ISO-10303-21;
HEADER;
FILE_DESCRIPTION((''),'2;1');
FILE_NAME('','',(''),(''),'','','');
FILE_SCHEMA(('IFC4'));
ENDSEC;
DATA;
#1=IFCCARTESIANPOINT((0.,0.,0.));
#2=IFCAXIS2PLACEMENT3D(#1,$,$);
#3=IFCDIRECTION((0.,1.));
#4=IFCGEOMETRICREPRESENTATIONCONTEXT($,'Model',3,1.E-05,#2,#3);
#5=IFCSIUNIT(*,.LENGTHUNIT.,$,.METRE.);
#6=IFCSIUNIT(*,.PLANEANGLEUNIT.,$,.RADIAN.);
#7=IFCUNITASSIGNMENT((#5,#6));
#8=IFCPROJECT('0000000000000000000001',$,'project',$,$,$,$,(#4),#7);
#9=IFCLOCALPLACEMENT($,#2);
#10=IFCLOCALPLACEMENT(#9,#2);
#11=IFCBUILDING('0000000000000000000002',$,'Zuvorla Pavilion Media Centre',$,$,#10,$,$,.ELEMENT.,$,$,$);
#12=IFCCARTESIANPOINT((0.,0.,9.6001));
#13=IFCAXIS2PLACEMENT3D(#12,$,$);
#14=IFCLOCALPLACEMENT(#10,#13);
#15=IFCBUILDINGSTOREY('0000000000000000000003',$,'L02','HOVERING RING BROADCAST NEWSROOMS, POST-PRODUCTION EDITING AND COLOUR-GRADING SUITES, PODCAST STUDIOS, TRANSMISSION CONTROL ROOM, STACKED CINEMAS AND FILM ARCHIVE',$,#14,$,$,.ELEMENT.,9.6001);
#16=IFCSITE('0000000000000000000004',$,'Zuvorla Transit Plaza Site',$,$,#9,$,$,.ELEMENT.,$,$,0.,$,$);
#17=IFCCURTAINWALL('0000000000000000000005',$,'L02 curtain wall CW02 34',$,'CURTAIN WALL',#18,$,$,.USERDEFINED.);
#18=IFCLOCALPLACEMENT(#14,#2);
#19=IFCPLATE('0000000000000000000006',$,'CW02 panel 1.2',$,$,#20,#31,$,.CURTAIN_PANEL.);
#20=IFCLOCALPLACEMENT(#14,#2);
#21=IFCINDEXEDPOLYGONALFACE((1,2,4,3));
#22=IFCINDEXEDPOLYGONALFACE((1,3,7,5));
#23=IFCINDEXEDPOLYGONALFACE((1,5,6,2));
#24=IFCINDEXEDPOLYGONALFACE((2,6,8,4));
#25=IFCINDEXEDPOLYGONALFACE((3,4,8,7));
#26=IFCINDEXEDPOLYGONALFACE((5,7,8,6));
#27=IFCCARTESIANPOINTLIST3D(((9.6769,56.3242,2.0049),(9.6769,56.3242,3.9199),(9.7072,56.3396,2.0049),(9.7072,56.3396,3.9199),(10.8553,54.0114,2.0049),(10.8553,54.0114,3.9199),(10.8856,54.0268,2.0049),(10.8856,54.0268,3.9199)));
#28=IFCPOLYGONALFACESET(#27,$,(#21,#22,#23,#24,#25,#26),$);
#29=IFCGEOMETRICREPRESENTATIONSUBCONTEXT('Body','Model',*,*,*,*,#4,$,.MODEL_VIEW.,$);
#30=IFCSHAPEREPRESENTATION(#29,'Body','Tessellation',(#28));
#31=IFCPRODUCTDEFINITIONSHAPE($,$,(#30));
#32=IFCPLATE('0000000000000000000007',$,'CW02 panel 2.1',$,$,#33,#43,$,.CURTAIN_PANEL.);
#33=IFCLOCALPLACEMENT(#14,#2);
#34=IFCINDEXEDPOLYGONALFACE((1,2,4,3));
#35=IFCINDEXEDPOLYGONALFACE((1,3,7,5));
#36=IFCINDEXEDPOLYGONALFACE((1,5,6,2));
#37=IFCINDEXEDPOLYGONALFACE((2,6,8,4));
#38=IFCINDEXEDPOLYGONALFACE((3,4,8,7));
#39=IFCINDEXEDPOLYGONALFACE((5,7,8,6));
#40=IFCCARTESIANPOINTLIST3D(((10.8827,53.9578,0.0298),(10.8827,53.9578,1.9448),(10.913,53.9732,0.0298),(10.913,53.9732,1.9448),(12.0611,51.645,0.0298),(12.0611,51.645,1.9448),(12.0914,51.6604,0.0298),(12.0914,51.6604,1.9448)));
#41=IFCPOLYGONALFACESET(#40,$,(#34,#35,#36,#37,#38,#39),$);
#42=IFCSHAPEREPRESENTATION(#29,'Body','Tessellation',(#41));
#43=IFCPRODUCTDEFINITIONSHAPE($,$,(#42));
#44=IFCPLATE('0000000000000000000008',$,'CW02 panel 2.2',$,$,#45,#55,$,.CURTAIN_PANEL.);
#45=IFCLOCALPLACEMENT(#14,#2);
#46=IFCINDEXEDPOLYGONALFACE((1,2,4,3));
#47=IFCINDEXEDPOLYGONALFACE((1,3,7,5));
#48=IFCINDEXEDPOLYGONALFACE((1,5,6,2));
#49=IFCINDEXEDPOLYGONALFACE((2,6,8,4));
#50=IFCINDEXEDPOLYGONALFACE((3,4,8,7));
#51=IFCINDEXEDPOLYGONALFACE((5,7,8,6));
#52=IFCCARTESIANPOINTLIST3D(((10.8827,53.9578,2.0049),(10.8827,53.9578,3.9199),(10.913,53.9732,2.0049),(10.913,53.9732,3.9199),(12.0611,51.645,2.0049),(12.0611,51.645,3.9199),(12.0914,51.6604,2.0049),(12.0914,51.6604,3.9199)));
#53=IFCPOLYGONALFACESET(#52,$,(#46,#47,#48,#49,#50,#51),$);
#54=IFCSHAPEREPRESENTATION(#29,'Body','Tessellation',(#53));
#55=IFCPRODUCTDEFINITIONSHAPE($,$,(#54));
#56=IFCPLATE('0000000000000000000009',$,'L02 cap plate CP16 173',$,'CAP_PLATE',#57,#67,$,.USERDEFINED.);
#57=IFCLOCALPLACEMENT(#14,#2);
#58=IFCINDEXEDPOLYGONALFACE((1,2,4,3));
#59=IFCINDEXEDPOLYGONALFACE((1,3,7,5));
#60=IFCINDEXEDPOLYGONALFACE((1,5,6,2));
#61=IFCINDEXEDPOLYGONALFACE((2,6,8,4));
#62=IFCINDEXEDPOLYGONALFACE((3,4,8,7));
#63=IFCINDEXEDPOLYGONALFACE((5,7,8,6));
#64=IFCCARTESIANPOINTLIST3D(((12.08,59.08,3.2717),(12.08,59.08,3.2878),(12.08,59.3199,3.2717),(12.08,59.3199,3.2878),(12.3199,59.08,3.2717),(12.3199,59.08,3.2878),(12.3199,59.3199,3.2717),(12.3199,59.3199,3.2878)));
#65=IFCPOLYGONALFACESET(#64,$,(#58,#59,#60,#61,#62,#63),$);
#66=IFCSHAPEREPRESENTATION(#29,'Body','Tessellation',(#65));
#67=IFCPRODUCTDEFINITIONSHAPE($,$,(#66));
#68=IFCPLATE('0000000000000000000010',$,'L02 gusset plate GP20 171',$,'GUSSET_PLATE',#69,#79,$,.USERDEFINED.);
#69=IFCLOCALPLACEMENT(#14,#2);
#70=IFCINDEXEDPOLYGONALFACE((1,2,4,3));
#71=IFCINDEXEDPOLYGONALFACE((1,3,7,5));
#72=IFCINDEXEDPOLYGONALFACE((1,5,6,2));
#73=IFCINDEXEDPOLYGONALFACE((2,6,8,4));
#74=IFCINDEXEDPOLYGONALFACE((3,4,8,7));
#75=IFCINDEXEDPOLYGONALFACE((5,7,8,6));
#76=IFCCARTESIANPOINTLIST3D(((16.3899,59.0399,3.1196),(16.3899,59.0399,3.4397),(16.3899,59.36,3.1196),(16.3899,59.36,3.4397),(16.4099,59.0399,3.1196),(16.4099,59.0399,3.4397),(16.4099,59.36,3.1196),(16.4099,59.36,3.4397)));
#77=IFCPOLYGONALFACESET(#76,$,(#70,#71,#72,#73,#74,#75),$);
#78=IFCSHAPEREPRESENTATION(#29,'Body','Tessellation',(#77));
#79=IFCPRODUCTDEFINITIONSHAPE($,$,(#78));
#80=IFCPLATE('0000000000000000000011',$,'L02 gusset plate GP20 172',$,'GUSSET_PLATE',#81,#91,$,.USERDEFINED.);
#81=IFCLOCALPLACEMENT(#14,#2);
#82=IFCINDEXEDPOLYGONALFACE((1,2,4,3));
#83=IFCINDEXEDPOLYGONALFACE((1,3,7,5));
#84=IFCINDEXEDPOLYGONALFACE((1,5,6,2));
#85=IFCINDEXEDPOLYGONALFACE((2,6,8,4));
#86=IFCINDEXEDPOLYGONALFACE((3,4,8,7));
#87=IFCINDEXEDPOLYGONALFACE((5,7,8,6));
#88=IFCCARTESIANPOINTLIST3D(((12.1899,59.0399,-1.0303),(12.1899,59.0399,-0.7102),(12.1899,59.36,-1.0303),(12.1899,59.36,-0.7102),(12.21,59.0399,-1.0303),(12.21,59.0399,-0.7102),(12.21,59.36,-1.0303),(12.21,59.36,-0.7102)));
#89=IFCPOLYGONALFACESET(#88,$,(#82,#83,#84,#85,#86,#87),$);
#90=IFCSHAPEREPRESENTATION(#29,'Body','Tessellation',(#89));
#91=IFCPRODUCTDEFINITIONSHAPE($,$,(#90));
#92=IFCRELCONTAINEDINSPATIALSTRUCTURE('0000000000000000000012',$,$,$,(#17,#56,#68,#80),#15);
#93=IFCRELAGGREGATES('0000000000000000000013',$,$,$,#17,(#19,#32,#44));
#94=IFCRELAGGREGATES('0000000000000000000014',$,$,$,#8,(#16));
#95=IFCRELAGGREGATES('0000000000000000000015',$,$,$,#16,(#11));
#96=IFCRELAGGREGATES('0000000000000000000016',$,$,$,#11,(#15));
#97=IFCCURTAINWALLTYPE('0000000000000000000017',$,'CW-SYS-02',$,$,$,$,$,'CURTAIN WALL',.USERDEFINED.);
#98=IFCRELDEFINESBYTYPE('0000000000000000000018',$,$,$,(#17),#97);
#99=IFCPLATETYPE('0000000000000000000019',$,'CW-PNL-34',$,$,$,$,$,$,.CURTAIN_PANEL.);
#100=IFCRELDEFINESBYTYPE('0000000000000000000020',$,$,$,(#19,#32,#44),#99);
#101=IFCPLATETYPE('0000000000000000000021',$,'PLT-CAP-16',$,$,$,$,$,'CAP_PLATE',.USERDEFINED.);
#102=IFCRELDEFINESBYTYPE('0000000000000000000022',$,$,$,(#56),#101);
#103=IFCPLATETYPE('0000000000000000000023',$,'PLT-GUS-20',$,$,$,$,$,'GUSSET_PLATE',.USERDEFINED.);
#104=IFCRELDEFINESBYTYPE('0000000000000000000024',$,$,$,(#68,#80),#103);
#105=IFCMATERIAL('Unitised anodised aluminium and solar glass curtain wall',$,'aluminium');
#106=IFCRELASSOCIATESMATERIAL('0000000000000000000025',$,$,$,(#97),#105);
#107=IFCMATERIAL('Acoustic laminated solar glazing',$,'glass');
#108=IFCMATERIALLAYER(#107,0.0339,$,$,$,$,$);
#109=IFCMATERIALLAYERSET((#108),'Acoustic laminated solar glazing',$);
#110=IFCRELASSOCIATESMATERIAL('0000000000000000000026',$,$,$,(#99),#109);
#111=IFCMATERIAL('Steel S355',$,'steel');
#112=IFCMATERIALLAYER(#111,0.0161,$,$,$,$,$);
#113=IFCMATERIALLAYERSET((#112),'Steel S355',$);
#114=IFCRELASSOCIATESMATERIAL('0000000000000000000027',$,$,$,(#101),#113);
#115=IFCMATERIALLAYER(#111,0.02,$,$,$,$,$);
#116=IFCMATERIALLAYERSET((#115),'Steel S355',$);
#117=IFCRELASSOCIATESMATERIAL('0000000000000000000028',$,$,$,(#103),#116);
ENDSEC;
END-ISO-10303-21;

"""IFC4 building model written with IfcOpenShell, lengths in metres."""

from ifc_helpers import new_model, si_unit, direction, frame, origin, origin_2d, place, context, subcontext, project, spatial, rectangle, extrude, material, layer, layer_set, type_object, element, aggregate, save


model = new_model("IFC4")

# Units and contexts
model_context = context("Model", 3, precision=1e-05, world=origin(), true_north=direction((0.0, 1.0)))
body_context = subcontext(model_context, "Body", "Model", "MODEL_VIEW")
ifc_project = project(units=[si_unit("LENGTHUNIT", "METRE"), si_unit("PLANEANGLEUNIT", "RADIAN")], contexts=[model_context])

# Site, building, storey
site_placement = place(None, origin())
site = spatial("IfcSite", under=ifc_project, at=site_placement, Name="Zuvorla Transit Plaza Site", CompositionType="ELEMENT", RefElevation=0.0)
building_placement = place(site_placement, origin())
building = spatial("IfcBuilding", under=site, at=building_placement, Name="Zuvorla Pavilion Media Centre", CompositionType="ELEMENT")
storey_placement = place(building_placement, frame((0.0, 0.0, 9.6001)))
storey = spatial("IfcBuildingStorey", under=building, at=storey_placement, Name="L02", Description="HOVERING RING BROADCAST NEWSROOMS, POST-PRODUCTION EDITING AND COLOUR-GRADING SUITES, PODCAST STUDIOS, TRANSMISSION CONTROL ROOM, STACKED CINEMAS AND FILM ARCHIVE", CompositionType="ELEMENT", Elevation=9.6001)

# Shared definitions
ifc_material_1 = material(Name="Steel S355", Category="steel")

# Curtain wall
ifc_material_2 = material(Name="Unitised anodised aluminium and solar glass curtain wall", Category="aluminium")
curtain_wall_type = type_object("IfcCurtainWallType", Name="CW-SYS-02", ElementType="CURTAIN WALL", PredefinedType="USERDEFINED", material=ifc_material_2)
curtain_wall_placement = place(storey_placement, origin())
curtain_wall = element("IfcCurtainWall", 1, at=curtain_wall_placement, inside=storey, type_object=curtain_wall_type, Name="L02 curtain wall CW02 34", ObjectType="CURTAIN WALL", PredefinedType="USERDEFINED")

# Plates
ifc_material_3 = material(Name="Acoustic laminated solar glazing", Category="glass")
ifc_layer_1 = layer(ifc_material_3, 0.0339)
ifc_layer_set_1 = layer_set([ifc_layer_1], Name="Acoustic laminated solar glazing")
plate_type_1 = type_object("IfcPlateType", Name="CW-PNL-34", PredefinedType="CURTAIN_PANEL", material=ifc_layer_set_1)
plate_1_placement = place(storey_placement, frame((10.2812, 55.1755, 2.0049), z_axis=(0.0, 0.0, 1.0), x_axis=(0.453986, -0.891009, 0.0)))
plate_1 = element("IfcPlate", 2, at=plate_1_placement, type_object=plate_type_1, Name="CW02 panel 1.2", PredefinedType="CURTAIN_PANEL", context=body_context, shape_type="SweptSolid", body=[
    extrude(rectangle(XDim=2.5957, YDim=0.0339, at=origin_2d()), origin(), (0.0, 0.0, 1.0), 1.915),
])
plate_2_placement = place(storey_placement, frame((11.4871, 52.8091, 0.0298), z_axis=(0.0, 0.0, 1.0), x_axis=(0.453986, -0.891009, 0.0)))
plate_2 = element("IfcPlate", 3, at=plate_2_placement, type_object=plate_type_1, Name="CW02 panel 2.1", PredefinedType="CURTAIN_PANEL", context=body_context, shape_type="SweptSolid", body=[
    extrude(rectangle(XDim=2.5957, YDim=0.0339, at=origin_2d()), origin(), (0.0, 0.0, 1.0), 1.915),
])
plate_3_placement = place(storey_placement, frame((11.4871, 52.8091, 2.0049), z_axis=(0.0, 0.0, 1.0), x_axis=(0.453986, -0.891009, 0.0)))
plate_3 = element("IfcPlate", 4, at=plate_3_placement, type_object=plate_type_1, Name="CW02 panel 2.2", PredefinedType="CURTAIN_PANEL", context=body_context, shape_type="SweptSolid", body=[
    extrude(rectangle(XDim=2.5957, YDim=0.0339, at=origin_2d()), origin(), (0.0, 0.0, 1.0), 1.915),
])
aggregate(curtain_wall, [plate_1, plate_2, plate_3])

# Plates
ifc_layer_2 = layer(ifc_material_1, 0.0161)
ifc_layer_set_2 = layer_set([ifc_layer_2], Name="Steel S355")
plate_type_2 = type_object("IfcPlateType", Name="PLT-CAP-16", ElementType="CAP_PLATE", PredefinedType="USERDEFINED", material=ifc_layer_set_2)
plate_4_placement = place(storey_placement, frame((12.2, 59.2, 3.2717), z_axis=(0.0, 0.0, 1.0), x_axis=(1.0, 0.0, 0.0)))
element("IfcPlate", 5, at=plate_4_placement, inside=storey, type_object=plate_type_2, Name="L02 cap plate CP16 173", ObjectType="CAP_PLATE", PredefinedType="USERDEFINED", context=body_context, shape_type="SweptSolid", body=[
    extrude(rectangle(XDim=0.24, YDim=0.24, at=origin_2d()), origin(), (0.0, 0.0, 1.0), 0.0161),
])
ifc_layer_3 = layer(ifc_material_1, 0.02)
ifc_layer_set_3 = layer_set([ifc_layer_3], Name="Steel S355")
plate_type_3 = type_object("IfcPlateType", Name="PLT-GUS-20", ElementType="GUSSET_PLATE", PredefinedType="USERDEFINED", material=ifc_layer_set_3)
for number, where, z_axis, x_axis, name in (
    (6, (16.3999, 59.2, 3.1196), (0.0, 0.0, 1.0), (1.0, 0.0, 0.0), "L02 gusset plate GP20 171"),
    (7, (12.2, 59.2, -1.0303), (0.0, 0.0, 1.0), (1.0, 0.0, 0.0), "L02 gusset plate GP20 172"),
):
    element("IfcPlate", number, at=place(storey_placement, frame(where, z_axis=z_axis, x_axis=x_axis)), inside=storey, type_object=plate_type_3, Name=name, ObjectType="GUSSET_PLATE", PredefinedType="USERDEFINED", context=body_context, shape_type="SweptSolid", body=[
        extrude(rectangle(XDim=0.02, YDim=0.3201, at=origin_2d()), origin(), (0.0, 0.0, 1.0), 0.3201),
    ])

save(model, "model.ifc")
